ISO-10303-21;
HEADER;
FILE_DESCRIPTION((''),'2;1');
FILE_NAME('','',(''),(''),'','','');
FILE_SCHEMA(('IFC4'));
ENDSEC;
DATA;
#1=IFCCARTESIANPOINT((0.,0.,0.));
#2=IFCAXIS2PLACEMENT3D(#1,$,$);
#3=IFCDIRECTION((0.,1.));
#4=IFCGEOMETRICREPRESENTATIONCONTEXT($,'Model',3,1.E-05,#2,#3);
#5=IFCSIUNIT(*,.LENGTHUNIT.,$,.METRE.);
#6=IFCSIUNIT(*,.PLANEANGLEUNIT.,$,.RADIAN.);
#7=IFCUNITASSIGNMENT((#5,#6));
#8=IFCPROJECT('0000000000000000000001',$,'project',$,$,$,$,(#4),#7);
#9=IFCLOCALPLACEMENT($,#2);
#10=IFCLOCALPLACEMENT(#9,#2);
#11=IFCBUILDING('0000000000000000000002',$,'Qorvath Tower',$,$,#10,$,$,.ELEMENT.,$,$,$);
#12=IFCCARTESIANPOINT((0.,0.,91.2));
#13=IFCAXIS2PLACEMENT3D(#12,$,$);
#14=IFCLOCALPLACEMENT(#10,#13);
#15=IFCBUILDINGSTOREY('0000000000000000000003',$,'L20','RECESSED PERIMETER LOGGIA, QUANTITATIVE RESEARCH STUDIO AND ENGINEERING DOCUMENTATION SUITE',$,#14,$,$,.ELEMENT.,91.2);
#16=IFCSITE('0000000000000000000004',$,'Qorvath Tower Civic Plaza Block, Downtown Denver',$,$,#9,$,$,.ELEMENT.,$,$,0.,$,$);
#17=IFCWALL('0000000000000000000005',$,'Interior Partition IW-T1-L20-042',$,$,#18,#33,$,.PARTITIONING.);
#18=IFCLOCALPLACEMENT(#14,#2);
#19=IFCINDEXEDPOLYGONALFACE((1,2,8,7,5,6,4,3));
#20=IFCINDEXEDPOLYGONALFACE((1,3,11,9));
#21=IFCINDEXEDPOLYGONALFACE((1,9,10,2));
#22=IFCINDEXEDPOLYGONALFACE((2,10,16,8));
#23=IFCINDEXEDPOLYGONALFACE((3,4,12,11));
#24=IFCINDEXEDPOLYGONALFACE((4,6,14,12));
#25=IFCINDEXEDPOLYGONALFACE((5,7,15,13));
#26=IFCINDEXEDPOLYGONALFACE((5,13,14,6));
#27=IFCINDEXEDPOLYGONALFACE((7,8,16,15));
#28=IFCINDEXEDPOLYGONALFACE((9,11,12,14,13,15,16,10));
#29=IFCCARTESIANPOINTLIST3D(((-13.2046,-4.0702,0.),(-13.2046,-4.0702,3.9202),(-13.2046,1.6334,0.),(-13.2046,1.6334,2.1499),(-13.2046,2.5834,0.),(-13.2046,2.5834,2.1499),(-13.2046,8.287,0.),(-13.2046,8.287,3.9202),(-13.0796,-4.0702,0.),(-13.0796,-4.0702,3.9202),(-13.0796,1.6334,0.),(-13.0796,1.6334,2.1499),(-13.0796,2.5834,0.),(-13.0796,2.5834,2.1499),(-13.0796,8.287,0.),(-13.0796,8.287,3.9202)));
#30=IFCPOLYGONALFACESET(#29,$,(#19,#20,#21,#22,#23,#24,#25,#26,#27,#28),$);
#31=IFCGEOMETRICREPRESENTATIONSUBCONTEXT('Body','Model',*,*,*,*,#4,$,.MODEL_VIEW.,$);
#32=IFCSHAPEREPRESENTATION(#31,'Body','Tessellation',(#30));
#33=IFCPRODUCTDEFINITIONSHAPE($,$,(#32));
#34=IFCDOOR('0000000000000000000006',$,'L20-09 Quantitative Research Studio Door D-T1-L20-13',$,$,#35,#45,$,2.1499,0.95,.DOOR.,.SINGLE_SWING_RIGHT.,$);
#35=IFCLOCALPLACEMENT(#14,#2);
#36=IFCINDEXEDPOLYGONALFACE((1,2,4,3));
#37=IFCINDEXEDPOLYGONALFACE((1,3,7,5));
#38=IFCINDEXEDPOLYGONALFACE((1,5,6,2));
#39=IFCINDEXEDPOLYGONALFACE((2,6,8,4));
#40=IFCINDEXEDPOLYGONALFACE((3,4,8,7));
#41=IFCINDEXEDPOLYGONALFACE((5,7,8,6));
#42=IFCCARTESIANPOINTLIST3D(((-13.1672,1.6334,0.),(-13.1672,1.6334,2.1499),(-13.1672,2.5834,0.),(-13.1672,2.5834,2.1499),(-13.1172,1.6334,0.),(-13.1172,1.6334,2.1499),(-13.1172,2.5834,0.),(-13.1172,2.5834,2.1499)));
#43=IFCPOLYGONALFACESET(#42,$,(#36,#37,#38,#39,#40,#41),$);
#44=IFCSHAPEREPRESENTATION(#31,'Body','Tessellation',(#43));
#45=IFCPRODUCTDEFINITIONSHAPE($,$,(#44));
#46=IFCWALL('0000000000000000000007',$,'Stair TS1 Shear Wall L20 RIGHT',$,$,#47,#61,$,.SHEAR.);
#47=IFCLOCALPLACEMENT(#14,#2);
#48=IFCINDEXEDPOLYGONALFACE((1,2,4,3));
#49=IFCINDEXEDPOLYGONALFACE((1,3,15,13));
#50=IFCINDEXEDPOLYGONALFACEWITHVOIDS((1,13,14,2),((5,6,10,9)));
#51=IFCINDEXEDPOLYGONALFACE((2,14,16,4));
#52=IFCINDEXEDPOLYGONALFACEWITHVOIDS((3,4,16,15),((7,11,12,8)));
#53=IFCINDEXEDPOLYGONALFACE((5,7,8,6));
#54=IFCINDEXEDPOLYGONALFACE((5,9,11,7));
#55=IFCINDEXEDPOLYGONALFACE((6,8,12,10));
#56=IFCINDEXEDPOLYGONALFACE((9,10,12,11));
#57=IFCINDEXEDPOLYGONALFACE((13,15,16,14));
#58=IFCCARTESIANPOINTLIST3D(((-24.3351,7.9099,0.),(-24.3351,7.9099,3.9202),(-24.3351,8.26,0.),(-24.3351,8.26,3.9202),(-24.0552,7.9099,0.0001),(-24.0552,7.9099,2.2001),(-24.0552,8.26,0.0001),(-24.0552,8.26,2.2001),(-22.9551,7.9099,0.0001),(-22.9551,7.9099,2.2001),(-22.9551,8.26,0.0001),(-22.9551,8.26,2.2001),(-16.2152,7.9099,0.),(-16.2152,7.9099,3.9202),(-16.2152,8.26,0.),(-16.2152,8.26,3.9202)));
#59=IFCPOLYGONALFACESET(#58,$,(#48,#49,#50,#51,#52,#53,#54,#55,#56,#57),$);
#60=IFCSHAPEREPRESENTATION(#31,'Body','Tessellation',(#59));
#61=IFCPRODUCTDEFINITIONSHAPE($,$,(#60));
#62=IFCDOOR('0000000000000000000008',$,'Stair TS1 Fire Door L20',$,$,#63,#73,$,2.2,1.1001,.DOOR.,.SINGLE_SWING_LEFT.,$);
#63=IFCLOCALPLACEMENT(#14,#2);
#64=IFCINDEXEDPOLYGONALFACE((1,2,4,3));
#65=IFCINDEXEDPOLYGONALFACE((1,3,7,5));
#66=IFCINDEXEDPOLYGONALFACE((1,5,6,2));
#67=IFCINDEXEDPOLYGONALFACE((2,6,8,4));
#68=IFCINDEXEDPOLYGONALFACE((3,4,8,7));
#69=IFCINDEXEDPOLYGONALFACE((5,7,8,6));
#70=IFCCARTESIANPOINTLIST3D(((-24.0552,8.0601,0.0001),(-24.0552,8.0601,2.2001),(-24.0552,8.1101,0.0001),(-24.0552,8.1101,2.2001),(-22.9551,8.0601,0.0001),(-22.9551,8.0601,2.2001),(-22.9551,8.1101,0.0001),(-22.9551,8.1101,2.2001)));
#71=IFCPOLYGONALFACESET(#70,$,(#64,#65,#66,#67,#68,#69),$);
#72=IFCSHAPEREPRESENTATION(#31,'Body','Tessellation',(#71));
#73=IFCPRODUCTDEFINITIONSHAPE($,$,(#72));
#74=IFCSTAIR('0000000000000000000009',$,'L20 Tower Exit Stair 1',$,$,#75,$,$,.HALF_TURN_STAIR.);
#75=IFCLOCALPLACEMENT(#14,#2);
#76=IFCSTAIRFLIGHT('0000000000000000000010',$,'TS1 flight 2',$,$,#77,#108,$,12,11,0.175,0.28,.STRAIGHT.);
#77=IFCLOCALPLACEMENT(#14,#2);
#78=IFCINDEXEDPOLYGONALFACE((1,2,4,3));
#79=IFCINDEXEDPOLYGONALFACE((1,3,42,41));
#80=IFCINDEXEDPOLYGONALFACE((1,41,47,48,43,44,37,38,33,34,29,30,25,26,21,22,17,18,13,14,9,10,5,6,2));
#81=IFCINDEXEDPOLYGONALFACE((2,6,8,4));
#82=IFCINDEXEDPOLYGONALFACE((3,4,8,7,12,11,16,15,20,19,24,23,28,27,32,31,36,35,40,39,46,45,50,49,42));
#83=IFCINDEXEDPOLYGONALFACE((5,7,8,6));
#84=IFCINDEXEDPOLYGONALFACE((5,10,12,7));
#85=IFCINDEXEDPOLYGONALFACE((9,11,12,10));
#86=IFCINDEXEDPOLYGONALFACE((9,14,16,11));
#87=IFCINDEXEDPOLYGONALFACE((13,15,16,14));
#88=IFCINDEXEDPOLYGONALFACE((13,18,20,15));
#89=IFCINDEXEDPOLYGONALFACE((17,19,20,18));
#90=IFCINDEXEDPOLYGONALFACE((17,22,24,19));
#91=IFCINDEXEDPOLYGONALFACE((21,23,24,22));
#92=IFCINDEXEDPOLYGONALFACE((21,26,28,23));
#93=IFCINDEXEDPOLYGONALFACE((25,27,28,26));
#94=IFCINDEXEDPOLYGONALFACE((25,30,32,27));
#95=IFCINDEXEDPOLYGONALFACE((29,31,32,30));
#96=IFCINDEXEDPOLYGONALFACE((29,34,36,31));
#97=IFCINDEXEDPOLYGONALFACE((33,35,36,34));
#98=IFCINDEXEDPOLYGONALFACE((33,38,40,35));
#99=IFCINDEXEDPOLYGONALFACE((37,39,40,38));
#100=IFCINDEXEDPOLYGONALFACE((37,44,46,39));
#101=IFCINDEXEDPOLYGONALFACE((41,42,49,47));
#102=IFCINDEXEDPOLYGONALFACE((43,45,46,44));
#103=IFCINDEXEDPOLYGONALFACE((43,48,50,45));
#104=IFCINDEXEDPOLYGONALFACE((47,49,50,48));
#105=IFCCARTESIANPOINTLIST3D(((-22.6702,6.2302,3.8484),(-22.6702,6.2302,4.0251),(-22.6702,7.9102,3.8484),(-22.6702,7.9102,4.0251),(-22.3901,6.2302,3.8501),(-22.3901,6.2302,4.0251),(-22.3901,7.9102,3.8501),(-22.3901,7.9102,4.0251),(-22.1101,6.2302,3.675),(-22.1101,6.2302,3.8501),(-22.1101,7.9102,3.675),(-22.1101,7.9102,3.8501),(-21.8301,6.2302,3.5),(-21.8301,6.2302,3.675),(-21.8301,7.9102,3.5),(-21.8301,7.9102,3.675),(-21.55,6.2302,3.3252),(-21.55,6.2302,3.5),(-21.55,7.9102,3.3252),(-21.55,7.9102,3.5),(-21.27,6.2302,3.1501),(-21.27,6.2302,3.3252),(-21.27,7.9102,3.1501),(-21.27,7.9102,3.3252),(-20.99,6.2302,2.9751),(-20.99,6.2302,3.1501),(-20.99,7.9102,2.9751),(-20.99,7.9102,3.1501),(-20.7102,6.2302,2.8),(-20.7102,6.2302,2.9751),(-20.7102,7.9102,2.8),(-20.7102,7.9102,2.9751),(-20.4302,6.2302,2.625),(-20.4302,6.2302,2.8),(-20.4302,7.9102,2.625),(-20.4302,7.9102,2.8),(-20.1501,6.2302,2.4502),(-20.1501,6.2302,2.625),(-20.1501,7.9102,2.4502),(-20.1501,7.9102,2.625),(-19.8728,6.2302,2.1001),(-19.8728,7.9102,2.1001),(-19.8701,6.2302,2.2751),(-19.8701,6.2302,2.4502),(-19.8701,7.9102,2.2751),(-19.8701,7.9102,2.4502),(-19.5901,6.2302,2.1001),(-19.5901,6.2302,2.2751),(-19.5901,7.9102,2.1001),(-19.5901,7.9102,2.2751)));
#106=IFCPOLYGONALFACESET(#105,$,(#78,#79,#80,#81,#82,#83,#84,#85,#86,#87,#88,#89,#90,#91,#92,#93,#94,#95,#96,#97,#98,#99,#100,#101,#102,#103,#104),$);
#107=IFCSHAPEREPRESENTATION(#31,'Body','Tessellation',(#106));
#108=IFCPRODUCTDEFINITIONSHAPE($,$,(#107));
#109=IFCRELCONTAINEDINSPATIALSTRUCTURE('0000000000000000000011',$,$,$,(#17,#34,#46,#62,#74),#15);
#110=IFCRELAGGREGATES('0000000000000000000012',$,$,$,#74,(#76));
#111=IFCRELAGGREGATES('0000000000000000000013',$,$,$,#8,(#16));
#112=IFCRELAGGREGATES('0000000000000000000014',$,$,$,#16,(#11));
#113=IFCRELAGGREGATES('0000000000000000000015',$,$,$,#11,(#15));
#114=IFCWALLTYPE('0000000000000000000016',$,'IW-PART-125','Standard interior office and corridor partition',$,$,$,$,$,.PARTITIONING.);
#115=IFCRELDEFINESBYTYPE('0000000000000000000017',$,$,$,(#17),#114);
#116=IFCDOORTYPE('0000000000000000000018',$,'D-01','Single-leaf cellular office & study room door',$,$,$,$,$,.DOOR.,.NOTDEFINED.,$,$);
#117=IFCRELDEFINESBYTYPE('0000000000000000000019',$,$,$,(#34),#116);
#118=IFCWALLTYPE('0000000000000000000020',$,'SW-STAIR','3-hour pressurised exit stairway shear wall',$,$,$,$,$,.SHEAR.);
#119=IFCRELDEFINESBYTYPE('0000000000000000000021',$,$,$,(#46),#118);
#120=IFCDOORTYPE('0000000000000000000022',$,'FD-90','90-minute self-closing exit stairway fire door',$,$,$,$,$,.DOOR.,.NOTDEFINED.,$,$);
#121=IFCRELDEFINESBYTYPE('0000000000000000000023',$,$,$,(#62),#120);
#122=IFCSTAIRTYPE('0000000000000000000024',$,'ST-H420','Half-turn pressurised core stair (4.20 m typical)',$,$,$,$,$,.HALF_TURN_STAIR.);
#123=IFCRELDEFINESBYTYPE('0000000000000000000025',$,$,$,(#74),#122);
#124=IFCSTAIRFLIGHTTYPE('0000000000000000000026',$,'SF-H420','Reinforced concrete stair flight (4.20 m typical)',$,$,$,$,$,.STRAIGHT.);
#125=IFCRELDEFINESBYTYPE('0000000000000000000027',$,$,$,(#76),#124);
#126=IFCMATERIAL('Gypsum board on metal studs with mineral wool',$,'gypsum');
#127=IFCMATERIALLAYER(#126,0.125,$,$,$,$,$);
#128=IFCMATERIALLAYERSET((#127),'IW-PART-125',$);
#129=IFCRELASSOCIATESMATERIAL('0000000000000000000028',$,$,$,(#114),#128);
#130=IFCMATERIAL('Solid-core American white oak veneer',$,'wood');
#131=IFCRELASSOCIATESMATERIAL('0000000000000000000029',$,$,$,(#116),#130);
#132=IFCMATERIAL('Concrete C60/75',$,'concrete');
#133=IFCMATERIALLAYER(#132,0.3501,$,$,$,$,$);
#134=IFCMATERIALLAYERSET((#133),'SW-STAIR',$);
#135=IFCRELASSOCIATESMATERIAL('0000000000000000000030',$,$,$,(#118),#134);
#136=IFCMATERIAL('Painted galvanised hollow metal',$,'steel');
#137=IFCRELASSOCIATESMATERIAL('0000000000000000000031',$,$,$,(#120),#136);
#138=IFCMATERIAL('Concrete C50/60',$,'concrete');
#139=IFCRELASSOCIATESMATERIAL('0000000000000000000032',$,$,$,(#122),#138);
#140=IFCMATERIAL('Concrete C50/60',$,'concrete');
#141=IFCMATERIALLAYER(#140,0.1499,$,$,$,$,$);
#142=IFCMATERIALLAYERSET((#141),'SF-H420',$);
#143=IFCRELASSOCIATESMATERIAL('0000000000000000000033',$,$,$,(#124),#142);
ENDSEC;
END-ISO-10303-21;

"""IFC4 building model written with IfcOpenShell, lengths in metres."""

from ifc_helpers import new_model, si_unit, direction, frame, frame_2d, origin, place, context, subcontext, project, spatial, polyline, rectangle, outline, extrude, material, layer, layer_set, type_object, element, fill, aggregate, save


model = new_model("IFC4")

# Units and contexts
model_context = context("Model", 3, precision=1e-05, world=origin(), true_north=direction((0.0, 1.0)))
body_context = subcontext(model_context, "Body", "Model", "MODEL_VIEW")
ifc_project = project(units=[si_unit("LENGTHUNIT", "METRE"), si_unit("PLANEANGLEUNIT", "RADIAN")], contexts=[model_context])

# Site, building, storey
site_placement = place(None, origin())
site = spatial("IfcSite", under=ifc_project, at=site_placement, Name="Qorvath Tower Civic Plaza Block, Downtown Denver", CompositionType="ELEMENT", RefElevation=0.0)
building_placement = place(site_placement, origin())
building = spatial("IfcBuilding", under=site, at=building_placement, Name="Qorvath Tower", CompositionType="ELEMENT")
storey_placement = place(building_placement, frame((0.0, 0.0, 91.2)))
storey = spatial("IfcBuildingStorey", under=building, at=storey_placement, Name="L20", Description="RECESSED PERIMETER LOGGIA, QUANTITATIVE RESEARCH STUDIO AND ENGINEERING DOCUMENTATION SUITE", CompositionType="ELEMENT", Elevation=91.2)

# Shared definitions
ifc_material_1 = material(Name="Gypsum board on metal studs with mineral wool", Category="gypsum")
ifc_layer_1 = layer(ifc_material_1, 0.125)
ifc_layer_set_1 = layer_set([ifc_layer_1], Name="IW-PART-125")
wall_type_1 = type_object("IfcWallType", Name="IW-PART-125", Description="Standard interior office and corridor partition", PredefinedType="PARTITIONING", material=ifc_layer_set_1)

# Walls, openings, doors
wall_1_placement = place(storey_placement, frame((-13.1421, 8.2871, 0.0), z_axis=(0.0, 0.0, 1.0), x_axis=(0.0, -1.0, 0.0)))
wall_1 = element("IfcWall", 1, at=wall_1_placement, inside=storey, type_object=wall_type_1, Name="Interior Partition IW-T1-L20-042", PredefinedType="PARTITIONING", context=body_context, shape_type="SweptSolid", body=[
    extrude(rectangle(XDim=12.3572, YDim=0.125, at=frame_2d((6.1787, 0.0))), origin(), (0.0, 0.0, 1.0), 3.9202),
])
opening_1_placement = place(wall_1_placement, frame((5.7036, 0.0, 0.0)))
opening_1 = element("IfcOpeningElement", 2, at=opening_1_placement, cuts=wall_1, PredefinedType="OPENING", context=body_context, shape_type="SweptSolid", body=[
    extrude(rectangle(XDim=0.95, YDim=2.1499, at=frame_2d((0.4751, 1.075))), frame((0.0, 0.0725, 0.0), z_axis=(0.0, -1.0, 0.0), x_axis=(1.0, 0.0, 0.0)), (0.0, 0.0, 1.0), 0.145),
])
ifc_material_2 = material(Name="Solid-core American white oak veneer", Category="wood")
door_type_1 = type_object("IfcDoorType", Name="D-01", Description="Single-leaf cellular office & study room door", OperationType="NOTDEFINED", PredefinedType="DOOR", material=ifc_material_2)
door_1_placement = place(opening_1_placement, origin())
door_1 = element("IfcDoor", 3, at=door_1_placement, inside=storey, type_object=door_type_1, Name="L20-09 Quantitative Research Studio Door D-T1-L20-13", OperationType="SINGLE_SWING_RIGHT", OverallHeight=2.1499, OverallWidth=0.95, PredefinedType="DOOR", context=body_context, shape_type="SweptSolid", body=[
    extrude(rectangle(XDim=0.95, YDim=2.1499, at=frame_2d((0.4751, 1.075))), frame((0.0, 0.0249, 0.0), z_axis=(0.0, -1.0, 0.0), x_axis=(1.0, 0.0, 0.0)), (0.0, 0.0, 1.0), 0.05),
])
fill(opening_1, door_1)
ifc_material_3 = material(Name="Concrete C60/75", Category="concrete")
ifc_layer_2 = layer(ifc_material_3, 0.3501)
ifc_layer_set_2 = layer_set([ifc_layer_2], Name="SW-STAIR")
wall_type_2 = type_object("IfcWallType", Name="SW-STAIR", Description="3-hour pressurised exit stairway shear wall", PredefinedType="SHEAR", material=ifc_layer_set_2)
wall_2_placement = place(storey_placement, frame((-16.2151, 8.085, 0.0), z_axis=(0.0, 0.0, 1.0), x_axis=(-1.0, 0.0, 0.0)))
wall_2 = element("IfcWall", 4, at=wall_2_placement, inside=storey, type_object=wall_type_2, Name="Stair TS1 Shear Wall L20 RIGHT", PredefinedType="SHEAR", context=body_context, shape_type="SweptSolid", body=[
    extrude(rectangle(XDim=8.1199, YDim=0.3501, at=frame_2d((4.0601, 0.0))), origin(), (0.0, 0.0, 1.0), 3.9202),
])
opening_2_placement = place(wall_2_placement, frame((6.74, 0.0, 0.0)))
opening_2 = element("IfcOpeningElement", 5, at=opening_2_placement, cuts=wall_2, PredefinedType="OPENING", context=body_context, shape_type="SweptSolid", body=[
    extrude(rectangle(XDim=1.1001, YDim=2.2, at=frame_2d((0.55, 1.1001))), frame((0.0, 0.1851, 0.0), z_axis=(0.0, -1.0, 0.0), x_axis=(1.0, 0.0, 0.0)), (0.0, 0.0, 1.0), 0.3701),
])
ifc_material_4 = material(Name="Painted galvanised hollow metal", Category="steel")
door_type_2 = type_object("IfcDoorType", Name="FD-90", Description="90-minute self-closing exit stairway fire door", OperationType="NOTDEFINED", PredefinedType="DOOR", material=ifc_material_4)
door_2_placement = place(opening_2_placement, origin())
door_2 = element("IfcDoor", 6, at=door_2_placement, inside=storey, type_object=door_type_2, Name="Stair TS1 Fire Door L20", OperationType="SINGLE_SWING_LEFT", OverallHeight=2.2, OverallWidth=1.1001, PredefinedType="DOOR", context=body_context, shape_type="SweptSolid", body=[
    extrude(rectangle(XDim=1.1001, YDim=2.2, at=frame_2d((0.55, 1.1001))), frame((0.0, 0.0249, 0.0), z_axis=(0.0, -1.0, 0.0), x_axis=(1.0, 0.0, 0.0)), (0.0, 0.0, 1.0), 0.05),
])
fill(opening_2, door_2)

# Stair, stair flight
ifc_material_5 = material(Name="Concrete C50/60", Category="concrete")
stair_type = type_object("IfcStairType", Name="ST-H420", Description="Half-turn pressurised core stair (4.20 m typical)", PredefinedType="HALF_TURN_STAIR", material=ifc_material_5)
stair_placement = place(storey_placement, origin())
stair = element("IfcStair", 7, at=stair_placement, inside=storey, type_object=stair_type, Name="L20 Tower Exit Stair 1", PredefinedType="HALF_TURN_STAIR")
ifc_material_6 = material(Name="Concrete C50/60", Category="concrete")
ifc_layer_3 = layer(ifc_material_6, 0.1499)
ifc_layer_set_3 = layer_set([ifc_layer_3], Name="SF-H420")
stair_flight_type = type_object("IfcStairFlightType", Name="SF-H420", Description="Reinforced concrete stair flight (4.20 m typical)", PredefinedType="STRAIGHT", material=ifc_layer_set_3)
stair_flight_placement = place(storey_placement, frame((-19.5901, 7.0701, 2.1001), z_axis=(0.0, 0.0, 1.0), x_axis=(-1.0, 0.0, 0.0)))
stair_flight = element("IfcStairFlight", 8, at=stair_flight_placement, type_object=stair_flight_type, Name="TS1 flight 2", NumberOfRisers=12, NumberOfTreads=11, PredefinedType="STRAIGHT", RiserHeight=0.175, TreadLength=0.28, context=body_context, shape_type="SweptSolid", body=[
    extrude(outline(polyline([(0.0, 0.0), (0.0, 0.175), (0.28, 0.175), (0.28, 0.3501), (0.5601, 0.3501), (0.5601, 0.5249), (0.8401, 0.5249), (0.8401, 0.7), (1.1201, 0.7), (1.1201, 0.875), (1.3999, 0.875), (1.3999, 1.05), (1.6799, 1.05), (1.6799, 1.2251), (1.96, 1.2251), (1.96, 1.3999), (2.24, 1.3999), (2.24, 1.575), (2.52, 1.575), (2.52, 1.75), (2.8, 1.75), (2.8, 1.925), (3.0801, 1.925), (3.0801, 2.1001), (3.0801, 1.7483), (0.2827, 0.0), (0.0, 0.0)])), frame((0.0, 0.8398, 0.0), z_axis=(0.0, -1.0, 0.0), x_axis=(1.0, 0.0, 0.0)), (0.0, 0.0, 1.0), 1.6799),
])
aggregate(stair, [stair_flight])

save(model, "model.ifc")
